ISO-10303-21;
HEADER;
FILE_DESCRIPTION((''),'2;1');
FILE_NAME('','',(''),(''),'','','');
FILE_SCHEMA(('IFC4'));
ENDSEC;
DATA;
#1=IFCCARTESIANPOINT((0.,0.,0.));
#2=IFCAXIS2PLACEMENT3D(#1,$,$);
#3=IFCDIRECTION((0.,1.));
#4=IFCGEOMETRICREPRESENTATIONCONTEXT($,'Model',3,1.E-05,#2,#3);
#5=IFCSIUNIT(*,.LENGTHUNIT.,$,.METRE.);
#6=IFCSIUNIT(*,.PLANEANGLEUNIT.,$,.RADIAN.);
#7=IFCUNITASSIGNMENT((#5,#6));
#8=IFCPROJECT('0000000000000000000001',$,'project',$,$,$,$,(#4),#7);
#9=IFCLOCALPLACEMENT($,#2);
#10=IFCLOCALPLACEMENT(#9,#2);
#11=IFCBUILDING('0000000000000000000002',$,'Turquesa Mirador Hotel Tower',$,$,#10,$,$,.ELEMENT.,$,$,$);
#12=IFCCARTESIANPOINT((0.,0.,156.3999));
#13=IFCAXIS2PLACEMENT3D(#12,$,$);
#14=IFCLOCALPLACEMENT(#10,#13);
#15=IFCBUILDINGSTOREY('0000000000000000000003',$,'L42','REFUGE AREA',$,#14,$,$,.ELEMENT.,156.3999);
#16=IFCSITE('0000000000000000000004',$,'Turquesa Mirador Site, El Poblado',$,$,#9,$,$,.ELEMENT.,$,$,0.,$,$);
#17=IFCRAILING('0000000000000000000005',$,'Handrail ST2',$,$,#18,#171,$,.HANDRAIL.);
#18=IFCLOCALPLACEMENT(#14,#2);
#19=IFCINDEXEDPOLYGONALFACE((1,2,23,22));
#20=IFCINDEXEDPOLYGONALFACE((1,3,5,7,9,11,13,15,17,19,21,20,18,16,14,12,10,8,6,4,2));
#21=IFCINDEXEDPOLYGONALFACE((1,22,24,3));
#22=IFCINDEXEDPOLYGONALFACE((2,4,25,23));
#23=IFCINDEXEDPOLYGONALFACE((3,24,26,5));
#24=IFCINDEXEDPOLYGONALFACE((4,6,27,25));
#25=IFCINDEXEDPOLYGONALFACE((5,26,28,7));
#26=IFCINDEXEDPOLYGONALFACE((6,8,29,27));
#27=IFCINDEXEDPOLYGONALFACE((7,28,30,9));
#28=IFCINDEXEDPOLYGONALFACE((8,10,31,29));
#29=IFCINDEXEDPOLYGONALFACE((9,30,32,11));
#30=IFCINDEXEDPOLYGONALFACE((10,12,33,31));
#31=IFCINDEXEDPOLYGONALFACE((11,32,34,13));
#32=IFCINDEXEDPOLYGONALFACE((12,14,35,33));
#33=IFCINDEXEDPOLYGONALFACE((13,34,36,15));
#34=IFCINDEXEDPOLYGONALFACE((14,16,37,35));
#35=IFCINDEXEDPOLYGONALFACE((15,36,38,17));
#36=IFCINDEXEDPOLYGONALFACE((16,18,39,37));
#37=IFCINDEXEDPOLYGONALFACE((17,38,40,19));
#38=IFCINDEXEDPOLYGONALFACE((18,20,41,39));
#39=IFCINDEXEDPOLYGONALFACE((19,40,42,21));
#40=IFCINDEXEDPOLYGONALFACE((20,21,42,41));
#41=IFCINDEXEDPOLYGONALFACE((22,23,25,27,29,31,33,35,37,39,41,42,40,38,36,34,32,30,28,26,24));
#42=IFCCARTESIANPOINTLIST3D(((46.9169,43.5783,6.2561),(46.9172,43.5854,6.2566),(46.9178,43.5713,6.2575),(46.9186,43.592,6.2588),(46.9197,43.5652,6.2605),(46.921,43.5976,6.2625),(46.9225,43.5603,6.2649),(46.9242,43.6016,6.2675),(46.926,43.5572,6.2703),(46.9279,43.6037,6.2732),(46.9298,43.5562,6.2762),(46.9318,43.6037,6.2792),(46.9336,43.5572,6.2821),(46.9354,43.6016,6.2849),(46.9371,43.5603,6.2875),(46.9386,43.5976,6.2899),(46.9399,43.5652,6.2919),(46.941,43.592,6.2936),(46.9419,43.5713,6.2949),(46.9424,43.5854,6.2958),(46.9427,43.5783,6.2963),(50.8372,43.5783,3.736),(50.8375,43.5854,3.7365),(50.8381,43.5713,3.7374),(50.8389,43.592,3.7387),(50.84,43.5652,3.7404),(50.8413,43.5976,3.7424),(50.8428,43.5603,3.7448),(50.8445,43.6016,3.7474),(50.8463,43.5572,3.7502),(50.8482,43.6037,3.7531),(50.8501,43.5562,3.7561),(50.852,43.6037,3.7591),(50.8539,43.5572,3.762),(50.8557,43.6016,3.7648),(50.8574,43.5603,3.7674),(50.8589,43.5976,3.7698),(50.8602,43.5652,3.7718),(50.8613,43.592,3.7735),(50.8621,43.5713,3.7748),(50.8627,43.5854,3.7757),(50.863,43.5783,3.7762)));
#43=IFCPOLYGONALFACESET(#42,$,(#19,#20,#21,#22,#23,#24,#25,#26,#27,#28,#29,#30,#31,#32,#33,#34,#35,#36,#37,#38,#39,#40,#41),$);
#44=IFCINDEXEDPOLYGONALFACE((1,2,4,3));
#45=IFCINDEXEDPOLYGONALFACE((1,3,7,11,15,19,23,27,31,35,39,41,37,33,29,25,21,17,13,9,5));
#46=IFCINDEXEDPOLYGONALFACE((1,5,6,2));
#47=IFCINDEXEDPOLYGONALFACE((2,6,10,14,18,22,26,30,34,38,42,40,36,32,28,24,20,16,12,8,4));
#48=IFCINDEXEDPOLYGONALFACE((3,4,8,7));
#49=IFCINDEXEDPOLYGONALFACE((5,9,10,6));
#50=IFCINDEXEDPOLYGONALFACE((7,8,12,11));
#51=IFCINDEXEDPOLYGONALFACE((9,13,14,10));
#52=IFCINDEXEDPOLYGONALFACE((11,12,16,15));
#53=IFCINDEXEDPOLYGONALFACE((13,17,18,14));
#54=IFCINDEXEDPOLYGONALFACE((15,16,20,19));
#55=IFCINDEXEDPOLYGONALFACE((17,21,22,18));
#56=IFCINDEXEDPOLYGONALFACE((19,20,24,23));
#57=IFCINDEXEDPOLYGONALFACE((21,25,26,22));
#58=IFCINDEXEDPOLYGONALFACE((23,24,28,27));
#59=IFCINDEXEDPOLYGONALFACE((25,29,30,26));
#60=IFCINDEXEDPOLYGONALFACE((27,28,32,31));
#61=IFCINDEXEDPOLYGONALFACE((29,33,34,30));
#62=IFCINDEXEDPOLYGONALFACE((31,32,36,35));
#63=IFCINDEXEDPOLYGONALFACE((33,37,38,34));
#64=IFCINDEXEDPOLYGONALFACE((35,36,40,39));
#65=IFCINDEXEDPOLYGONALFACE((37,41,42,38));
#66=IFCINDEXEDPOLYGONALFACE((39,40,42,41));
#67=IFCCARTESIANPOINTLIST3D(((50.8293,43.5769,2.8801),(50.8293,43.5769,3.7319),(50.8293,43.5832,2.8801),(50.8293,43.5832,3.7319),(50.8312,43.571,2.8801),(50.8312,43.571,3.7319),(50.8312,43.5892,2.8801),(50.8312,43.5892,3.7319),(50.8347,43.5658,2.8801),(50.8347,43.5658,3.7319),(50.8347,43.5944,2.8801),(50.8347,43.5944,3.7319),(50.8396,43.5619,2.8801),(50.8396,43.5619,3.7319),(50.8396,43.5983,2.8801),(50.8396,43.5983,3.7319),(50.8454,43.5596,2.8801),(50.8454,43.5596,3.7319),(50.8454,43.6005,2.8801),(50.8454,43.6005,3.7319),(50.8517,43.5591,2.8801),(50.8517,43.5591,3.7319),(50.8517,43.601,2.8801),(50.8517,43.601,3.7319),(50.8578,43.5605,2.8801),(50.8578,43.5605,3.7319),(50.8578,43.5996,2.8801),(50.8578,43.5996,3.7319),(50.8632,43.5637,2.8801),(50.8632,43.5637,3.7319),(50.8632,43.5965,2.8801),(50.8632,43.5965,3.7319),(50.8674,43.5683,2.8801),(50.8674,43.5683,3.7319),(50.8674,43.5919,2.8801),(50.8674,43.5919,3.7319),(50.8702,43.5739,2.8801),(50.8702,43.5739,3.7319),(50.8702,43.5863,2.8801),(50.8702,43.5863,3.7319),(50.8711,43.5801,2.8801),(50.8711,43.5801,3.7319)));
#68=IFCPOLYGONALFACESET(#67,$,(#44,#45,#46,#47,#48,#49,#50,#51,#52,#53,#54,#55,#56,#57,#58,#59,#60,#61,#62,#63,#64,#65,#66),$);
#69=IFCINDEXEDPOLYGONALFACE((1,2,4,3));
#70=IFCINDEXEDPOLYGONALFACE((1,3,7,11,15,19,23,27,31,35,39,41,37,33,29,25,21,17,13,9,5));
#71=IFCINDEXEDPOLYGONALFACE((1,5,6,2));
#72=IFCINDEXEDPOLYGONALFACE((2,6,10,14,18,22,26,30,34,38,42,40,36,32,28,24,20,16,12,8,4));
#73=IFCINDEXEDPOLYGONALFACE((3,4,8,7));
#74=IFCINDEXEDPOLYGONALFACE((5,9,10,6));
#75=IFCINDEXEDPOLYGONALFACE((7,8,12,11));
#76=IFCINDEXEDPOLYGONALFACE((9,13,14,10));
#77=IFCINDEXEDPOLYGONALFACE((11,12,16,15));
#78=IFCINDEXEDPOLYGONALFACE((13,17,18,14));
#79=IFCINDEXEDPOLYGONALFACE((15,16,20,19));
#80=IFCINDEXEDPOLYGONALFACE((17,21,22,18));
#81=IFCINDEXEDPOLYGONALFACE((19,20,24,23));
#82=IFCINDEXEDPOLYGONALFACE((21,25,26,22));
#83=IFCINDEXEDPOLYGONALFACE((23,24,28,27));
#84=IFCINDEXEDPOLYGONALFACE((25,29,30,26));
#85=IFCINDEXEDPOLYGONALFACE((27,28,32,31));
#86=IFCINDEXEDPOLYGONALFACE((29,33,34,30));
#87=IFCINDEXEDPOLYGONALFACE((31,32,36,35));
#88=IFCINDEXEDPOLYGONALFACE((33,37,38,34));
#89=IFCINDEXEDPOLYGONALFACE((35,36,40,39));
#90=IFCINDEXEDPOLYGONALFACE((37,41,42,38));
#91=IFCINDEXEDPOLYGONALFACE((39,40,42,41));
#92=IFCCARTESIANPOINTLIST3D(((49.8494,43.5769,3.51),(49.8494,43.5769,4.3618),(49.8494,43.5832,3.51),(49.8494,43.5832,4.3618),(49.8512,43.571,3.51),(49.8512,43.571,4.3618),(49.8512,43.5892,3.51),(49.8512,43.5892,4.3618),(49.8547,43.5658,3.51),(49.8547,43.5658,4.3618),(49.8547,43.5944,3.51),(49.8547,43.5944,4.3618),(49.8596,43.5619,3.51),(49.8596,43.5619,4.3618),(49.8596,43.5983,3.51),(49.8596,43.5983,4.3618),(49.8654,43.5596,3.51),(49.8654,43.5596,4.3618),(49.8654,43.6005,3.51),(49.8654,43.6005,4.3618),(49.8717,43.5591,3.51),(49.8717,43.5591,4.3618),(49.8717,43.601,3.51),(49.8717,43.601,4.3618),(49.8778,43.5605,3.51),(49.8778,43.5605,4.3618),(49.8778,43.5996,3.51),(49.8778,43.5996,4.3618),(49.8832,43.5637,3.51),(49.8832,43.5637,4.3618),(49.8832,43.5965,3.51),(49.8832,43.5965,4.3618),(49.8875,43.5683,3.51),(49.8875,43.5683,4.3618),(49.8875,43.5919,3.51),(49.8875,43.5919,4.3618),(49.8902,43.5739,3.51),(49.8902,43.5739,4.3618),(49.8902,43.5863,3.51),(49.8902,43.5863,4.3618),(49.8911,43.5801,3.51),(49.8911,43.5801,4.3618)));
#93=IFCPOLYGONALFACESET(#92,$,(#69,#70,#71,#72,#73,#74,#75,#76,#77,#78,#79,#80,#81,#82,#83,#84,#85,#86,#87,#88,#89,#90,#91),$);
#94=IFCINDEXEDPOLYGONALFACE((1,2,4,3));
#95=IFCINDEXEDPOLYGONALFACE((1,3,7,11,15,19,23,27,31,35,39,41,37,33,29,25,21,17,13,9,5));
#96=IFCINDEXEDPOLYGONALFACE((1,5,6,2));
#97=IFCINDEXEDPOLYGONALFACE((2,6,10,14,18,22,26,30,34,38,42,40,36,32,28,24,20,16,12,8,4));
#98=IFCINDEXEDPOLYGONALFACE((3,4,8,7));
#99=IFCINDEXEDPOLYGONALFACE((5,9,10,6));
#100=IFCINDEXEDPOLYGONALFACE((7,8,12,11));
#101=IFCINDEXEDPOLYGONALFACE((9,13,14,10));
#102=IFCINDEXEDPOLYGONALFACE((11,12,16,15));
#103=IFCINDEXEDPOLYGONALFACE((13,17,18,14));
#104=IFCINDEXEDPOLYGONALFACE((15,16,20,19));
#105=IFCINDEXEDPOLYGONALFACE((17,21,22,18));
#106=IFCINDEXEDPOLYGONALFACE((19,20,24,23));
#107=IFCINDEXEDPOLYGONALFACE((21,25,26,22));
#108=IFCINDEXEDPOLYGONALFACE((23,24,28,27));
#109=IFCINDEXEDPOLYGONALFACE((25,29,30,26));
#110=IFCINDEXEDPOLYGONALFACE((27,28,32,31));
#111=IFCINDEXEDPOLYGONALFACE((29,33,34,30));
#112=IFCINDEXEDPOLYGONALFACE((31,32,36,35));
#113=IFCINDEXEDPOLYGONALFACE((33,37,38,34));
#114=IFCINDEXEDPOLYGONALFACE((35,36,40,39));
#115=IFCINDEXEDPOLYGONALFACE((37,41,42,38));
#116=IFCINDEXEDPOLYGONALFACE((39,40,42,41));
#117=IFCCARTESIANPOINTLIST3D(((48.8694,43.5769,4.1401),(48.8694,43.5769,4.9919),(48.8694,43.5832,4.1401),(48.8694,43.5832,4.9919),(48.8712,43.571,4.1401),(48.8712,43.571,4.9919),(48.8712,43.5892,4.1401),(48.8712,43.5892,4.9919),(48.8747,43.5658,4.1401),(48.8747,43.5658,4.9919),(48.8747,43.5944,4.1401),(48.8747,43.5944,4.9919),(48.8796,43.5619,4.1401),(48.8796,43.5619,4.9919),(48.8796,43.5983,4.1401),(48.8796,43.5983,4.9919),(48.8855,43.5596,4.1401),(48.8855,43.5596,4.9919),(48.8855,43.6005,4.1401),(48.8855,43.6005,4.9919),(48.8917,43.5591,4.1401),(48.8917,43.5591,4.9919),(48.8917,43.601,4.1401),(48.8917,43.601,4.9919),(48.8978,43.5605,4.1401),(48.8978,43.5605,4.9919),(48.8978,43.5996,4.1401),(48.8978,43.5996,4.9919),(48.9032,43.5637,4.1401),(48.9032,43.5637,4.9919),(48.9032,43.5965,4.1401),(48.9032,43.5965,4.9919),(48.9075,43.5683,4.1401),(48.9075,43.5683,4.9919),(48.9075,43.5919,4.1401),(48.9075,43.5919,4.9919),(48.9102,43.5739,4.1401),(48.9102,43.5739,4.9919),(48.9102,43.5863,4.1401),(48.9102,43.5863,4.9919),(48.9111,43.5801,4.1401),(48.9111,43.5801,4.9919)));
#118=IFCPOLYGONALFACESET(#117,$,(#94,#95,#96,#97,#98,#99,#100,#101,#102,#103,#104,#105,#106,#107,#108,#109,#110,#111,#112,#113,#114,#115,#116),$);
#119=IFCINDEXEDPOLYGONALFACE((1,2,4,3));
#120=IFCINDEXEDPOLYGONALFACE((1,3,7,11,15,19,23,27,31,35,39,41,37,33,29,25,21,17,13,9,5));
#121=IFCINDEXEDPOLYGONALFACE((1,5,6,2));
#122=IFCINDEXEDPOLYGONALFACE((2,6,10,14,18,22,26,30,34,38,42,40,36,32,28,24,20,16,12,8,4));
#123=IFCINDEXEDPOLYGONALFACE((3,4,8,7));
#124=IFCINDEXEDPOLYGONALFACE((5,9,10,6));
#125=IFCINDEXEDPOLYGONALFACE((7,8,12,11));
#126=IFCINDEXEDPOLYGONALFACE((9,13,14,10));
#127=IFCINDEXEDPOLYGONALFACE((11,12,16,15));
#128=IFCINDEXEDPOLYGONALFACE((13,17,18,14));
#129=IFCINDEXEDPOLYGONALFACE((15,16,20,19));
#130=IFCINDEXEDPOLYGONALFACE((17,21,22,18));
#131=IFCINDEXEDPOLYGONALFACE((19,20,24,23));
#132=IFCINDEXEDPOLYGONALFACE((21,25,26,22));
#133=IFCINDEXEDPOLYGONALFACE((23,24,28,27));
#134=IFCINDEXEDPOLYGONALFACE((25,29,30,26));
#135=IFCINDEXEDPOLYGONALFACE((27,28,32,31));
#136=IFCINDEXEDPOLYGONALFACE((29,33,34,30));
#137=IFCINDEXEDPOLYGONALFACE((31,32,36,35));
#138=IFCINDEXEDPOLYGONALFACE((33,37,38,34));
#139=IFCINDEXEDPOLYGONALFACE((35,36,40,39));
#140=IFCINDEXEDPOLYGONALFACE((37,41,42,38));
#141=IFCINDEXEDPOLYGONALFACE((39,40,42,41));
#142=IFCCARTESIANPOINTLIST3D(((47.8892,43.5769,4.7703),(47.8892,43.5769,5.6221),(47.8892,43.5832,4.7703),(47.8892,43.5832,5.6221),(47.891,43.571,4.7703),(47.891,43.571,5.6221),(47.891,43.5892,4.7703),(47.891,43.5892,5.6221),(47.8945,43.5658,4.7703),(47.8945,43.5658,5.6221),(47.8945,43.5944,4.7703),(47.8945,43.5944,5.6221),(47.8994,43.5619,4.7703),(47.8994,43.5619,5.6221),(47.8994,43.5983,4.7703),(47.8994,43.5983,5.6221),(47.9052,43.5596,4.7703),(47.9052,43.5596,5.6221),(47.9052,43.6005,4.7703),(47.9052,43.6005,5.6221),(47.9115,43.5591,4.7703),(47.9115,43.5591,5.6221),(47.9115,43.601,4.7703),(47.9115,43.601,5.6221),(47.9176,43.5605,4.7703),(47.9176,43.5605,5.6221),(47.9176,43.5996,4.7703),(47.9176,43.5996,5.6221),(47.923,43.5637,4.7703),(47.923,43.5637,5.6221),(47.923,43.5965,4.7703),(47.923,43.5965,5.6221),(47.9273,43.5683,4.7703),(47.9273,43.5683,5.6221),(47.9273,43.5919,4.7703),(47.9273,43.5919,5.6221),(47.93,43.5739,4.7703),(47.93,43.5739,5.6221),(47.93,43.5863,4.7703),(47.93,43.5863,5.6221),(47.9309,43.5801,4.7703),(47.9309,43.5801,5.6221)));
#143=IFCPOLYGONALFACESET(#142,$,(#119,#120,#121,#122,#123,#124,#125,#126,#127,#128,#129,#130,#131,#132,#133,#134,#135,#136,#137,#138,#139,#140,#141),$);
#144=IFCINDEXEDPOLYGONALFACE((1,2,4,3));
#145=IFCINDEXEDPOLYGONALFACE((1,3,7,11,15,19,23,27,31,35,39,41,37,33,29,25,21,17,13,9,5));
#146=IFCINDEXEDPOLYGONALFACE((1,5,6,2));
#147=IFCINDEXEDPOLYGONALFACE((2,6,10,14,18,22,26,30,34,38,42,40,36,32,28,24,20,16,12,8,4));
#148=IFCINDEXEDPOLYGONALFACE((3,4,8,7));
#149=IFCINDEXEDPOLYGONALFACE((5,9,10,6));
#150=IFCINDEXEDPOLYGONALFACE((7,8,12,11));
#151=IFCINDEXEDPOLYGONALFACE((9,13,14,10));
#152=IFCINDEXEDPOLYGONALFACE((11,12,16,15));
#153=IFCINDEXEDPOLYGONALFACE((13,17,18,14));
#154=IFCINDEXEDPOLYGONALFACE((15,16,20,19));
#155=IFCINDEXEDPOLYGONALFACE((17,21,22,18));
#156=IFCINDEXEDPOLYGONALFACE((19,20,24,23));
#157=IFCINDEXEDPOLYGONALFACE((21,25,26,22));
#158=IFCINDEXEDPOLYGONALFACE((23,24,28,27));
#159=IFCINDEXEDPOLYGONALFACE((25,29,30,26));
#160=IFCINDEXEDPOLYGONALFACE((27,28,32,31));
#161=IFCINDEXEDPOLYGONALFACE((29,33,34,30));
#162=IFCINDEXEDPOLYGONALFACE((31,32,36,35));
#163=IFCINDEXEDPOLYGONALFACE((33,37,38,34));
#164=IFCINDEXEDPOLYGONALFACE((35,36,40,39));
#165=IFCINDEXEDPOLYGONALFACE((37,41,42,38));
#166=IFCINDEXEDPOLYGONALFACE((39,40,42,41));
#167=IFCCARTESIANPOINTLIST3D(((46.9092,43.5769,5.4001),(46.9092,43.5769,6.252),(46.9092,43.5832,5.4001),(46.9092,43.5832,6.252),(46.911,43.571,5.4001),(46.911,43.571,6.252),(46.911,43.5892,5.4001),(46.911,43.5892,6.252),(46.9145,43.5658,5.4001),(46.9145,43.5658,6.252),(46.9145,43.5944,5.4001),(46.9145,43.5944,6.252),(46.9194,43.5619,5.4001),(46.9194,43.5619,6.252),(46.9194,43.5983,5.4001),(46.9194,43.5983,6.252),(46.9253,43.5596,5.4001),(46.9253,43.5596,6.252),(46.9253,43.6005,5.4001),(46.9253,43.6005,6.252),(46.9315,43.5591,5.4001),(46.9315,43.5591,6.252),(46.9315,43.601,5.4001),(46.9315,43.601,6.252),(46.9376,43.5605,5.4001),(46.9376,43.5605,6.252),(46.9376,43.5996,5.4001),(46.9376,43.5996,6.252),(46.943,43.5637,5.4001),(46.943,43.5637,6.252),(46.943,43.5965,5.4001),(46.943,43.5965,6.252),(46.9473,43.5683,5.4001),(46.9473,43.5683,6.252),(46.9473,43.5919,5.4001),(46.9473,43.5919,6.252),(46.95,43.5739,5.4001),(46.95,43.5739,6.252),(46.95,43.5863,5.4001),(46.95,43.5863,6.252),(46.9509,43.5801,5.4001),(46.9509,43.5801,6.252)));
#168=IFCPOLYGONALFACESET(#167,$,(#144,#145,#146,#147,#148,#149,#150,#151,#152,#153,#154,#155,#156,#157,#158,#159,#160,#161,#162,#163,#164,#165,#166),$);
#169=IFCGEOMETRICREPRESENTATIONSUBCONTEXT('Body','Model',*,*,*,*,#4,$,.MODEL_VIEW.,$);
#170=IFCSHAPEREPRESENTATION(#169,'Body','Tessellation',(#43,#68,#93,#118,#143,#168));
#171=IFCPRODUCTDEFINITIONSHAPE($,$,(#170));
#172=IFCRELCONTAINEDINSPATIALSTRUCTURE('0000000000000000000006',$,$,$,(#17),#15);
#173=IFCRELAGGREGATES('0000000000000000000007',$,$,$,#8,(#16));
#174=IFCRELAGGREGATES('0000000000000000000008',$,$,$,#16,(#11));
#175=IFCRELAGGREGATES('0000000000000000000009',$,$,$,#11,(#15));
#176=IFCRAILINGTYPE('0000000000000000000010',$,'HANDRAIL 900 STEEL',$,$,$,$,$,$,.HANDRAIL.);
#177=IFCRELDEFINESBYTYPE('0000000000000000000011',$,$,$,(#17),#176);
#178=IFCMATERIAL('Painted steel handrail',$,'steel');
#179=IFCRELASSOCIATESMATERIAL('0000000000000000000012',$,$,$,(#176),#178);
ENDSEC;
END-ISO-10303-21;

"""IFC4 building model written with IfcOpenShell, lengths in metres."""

from ifc_helpers import new_model, si_unit, direction, frame, origin, origin_2d, place, context, subcontext, project, spatial, circle, extrude, material, type_object, element, save


model = new_model("IFC4")

# Units and contexts
model_context = context("Model", 3, precision=1e-05, world=origin(), true_north=direction((0.0, 1.0)))
body_context = subcontext(model_context, "Body", "Model", "MODEL_VIEW")
ifc_project = project(units=[si_unit("LENGTHUNIT", "METRE"), si_unit("PLANEANGLEUNIT", "RADIAN")], contexts=[model_context])

# Site, building, storey
site_placement = place(None, origin())
site = spatial("IfcSite", under=ifc_project, at=site_placement, Name="Turquesa Mirador Site, El Poblado", CompositionType="ELEMENT", RefElevation=0.0)
building_placement = place(site_placement, origin())
building = spatial("IfcBuilding", under=site, at=building_placement, Name="Turquesa Mirador Hotel Tower", CompositionType="ELEMENT")
storey_placement = place(building_placement, frame((0.0, 0.0, 156.3999)))
storey = spatial("IfcBuildingStorey", under=building, at=storey_placement, Name="L42", Description="REFUGE AREA", CompositionType="ELEMENT", Elevation=156.3999)

# Railing
ifc_material_1 = material(Name="Painted steel handrail", Category="steel")
railing_type = type_object("IfcRailingType", Name="HANDRAIL 900 STEEL", PredefinedType="HANDRAIL", material=ifc_material_1)
railing_placement = place(storey_placement, frame((50.8501, 43.5801, 2.8801)))
element("IfcRailing", 1, at=railing_placement, inside=storey, type_object=railing_type, Name="Handrail ST2", PredefinedType="HANDRAIL", context=body_context, shape_type="SweptSolid", body=[
    extrude(circle(Radius=0.0239, at=origin_2d()), frame((0.0, 0.0, 0.876), z_axis=(-0.841187, 0.0, 0.540744), x_axis=(0.0, -1.0, 0.0)), (0.0, 0.0, 1.0), 4.6604),
    extrude(circle(Radius=0.021, at=origin_2d()), origin(), (0.0, 0.0, 1.0), 0.8518),
    extrude(circle(Radius=0.021, at=origin_2d()), frame((-0.98, 0.0, 0.6299)), (0.0, 0.0, 1.0), 0.8518),
    extrude(circle(Radius=0.021, at=origin_2d()), frame((-1.96, 0.0, 1.26)), (0.0, 0.0, 1.0), 0.8518),
    extrude(circle(Radius=0.021, at=origin_2d()), frame((-2.9402, 0.0, 1.8901)), (0.0, 0.0, 1.0), 0.8518),
    extrude(circle(Radius=0.021, at=origin_2d()), frame((-3.9202, 0.0, 2.52)), (0.0, 0.0, 1.0), 0.8518),
])

save(model, "model.ifc")
